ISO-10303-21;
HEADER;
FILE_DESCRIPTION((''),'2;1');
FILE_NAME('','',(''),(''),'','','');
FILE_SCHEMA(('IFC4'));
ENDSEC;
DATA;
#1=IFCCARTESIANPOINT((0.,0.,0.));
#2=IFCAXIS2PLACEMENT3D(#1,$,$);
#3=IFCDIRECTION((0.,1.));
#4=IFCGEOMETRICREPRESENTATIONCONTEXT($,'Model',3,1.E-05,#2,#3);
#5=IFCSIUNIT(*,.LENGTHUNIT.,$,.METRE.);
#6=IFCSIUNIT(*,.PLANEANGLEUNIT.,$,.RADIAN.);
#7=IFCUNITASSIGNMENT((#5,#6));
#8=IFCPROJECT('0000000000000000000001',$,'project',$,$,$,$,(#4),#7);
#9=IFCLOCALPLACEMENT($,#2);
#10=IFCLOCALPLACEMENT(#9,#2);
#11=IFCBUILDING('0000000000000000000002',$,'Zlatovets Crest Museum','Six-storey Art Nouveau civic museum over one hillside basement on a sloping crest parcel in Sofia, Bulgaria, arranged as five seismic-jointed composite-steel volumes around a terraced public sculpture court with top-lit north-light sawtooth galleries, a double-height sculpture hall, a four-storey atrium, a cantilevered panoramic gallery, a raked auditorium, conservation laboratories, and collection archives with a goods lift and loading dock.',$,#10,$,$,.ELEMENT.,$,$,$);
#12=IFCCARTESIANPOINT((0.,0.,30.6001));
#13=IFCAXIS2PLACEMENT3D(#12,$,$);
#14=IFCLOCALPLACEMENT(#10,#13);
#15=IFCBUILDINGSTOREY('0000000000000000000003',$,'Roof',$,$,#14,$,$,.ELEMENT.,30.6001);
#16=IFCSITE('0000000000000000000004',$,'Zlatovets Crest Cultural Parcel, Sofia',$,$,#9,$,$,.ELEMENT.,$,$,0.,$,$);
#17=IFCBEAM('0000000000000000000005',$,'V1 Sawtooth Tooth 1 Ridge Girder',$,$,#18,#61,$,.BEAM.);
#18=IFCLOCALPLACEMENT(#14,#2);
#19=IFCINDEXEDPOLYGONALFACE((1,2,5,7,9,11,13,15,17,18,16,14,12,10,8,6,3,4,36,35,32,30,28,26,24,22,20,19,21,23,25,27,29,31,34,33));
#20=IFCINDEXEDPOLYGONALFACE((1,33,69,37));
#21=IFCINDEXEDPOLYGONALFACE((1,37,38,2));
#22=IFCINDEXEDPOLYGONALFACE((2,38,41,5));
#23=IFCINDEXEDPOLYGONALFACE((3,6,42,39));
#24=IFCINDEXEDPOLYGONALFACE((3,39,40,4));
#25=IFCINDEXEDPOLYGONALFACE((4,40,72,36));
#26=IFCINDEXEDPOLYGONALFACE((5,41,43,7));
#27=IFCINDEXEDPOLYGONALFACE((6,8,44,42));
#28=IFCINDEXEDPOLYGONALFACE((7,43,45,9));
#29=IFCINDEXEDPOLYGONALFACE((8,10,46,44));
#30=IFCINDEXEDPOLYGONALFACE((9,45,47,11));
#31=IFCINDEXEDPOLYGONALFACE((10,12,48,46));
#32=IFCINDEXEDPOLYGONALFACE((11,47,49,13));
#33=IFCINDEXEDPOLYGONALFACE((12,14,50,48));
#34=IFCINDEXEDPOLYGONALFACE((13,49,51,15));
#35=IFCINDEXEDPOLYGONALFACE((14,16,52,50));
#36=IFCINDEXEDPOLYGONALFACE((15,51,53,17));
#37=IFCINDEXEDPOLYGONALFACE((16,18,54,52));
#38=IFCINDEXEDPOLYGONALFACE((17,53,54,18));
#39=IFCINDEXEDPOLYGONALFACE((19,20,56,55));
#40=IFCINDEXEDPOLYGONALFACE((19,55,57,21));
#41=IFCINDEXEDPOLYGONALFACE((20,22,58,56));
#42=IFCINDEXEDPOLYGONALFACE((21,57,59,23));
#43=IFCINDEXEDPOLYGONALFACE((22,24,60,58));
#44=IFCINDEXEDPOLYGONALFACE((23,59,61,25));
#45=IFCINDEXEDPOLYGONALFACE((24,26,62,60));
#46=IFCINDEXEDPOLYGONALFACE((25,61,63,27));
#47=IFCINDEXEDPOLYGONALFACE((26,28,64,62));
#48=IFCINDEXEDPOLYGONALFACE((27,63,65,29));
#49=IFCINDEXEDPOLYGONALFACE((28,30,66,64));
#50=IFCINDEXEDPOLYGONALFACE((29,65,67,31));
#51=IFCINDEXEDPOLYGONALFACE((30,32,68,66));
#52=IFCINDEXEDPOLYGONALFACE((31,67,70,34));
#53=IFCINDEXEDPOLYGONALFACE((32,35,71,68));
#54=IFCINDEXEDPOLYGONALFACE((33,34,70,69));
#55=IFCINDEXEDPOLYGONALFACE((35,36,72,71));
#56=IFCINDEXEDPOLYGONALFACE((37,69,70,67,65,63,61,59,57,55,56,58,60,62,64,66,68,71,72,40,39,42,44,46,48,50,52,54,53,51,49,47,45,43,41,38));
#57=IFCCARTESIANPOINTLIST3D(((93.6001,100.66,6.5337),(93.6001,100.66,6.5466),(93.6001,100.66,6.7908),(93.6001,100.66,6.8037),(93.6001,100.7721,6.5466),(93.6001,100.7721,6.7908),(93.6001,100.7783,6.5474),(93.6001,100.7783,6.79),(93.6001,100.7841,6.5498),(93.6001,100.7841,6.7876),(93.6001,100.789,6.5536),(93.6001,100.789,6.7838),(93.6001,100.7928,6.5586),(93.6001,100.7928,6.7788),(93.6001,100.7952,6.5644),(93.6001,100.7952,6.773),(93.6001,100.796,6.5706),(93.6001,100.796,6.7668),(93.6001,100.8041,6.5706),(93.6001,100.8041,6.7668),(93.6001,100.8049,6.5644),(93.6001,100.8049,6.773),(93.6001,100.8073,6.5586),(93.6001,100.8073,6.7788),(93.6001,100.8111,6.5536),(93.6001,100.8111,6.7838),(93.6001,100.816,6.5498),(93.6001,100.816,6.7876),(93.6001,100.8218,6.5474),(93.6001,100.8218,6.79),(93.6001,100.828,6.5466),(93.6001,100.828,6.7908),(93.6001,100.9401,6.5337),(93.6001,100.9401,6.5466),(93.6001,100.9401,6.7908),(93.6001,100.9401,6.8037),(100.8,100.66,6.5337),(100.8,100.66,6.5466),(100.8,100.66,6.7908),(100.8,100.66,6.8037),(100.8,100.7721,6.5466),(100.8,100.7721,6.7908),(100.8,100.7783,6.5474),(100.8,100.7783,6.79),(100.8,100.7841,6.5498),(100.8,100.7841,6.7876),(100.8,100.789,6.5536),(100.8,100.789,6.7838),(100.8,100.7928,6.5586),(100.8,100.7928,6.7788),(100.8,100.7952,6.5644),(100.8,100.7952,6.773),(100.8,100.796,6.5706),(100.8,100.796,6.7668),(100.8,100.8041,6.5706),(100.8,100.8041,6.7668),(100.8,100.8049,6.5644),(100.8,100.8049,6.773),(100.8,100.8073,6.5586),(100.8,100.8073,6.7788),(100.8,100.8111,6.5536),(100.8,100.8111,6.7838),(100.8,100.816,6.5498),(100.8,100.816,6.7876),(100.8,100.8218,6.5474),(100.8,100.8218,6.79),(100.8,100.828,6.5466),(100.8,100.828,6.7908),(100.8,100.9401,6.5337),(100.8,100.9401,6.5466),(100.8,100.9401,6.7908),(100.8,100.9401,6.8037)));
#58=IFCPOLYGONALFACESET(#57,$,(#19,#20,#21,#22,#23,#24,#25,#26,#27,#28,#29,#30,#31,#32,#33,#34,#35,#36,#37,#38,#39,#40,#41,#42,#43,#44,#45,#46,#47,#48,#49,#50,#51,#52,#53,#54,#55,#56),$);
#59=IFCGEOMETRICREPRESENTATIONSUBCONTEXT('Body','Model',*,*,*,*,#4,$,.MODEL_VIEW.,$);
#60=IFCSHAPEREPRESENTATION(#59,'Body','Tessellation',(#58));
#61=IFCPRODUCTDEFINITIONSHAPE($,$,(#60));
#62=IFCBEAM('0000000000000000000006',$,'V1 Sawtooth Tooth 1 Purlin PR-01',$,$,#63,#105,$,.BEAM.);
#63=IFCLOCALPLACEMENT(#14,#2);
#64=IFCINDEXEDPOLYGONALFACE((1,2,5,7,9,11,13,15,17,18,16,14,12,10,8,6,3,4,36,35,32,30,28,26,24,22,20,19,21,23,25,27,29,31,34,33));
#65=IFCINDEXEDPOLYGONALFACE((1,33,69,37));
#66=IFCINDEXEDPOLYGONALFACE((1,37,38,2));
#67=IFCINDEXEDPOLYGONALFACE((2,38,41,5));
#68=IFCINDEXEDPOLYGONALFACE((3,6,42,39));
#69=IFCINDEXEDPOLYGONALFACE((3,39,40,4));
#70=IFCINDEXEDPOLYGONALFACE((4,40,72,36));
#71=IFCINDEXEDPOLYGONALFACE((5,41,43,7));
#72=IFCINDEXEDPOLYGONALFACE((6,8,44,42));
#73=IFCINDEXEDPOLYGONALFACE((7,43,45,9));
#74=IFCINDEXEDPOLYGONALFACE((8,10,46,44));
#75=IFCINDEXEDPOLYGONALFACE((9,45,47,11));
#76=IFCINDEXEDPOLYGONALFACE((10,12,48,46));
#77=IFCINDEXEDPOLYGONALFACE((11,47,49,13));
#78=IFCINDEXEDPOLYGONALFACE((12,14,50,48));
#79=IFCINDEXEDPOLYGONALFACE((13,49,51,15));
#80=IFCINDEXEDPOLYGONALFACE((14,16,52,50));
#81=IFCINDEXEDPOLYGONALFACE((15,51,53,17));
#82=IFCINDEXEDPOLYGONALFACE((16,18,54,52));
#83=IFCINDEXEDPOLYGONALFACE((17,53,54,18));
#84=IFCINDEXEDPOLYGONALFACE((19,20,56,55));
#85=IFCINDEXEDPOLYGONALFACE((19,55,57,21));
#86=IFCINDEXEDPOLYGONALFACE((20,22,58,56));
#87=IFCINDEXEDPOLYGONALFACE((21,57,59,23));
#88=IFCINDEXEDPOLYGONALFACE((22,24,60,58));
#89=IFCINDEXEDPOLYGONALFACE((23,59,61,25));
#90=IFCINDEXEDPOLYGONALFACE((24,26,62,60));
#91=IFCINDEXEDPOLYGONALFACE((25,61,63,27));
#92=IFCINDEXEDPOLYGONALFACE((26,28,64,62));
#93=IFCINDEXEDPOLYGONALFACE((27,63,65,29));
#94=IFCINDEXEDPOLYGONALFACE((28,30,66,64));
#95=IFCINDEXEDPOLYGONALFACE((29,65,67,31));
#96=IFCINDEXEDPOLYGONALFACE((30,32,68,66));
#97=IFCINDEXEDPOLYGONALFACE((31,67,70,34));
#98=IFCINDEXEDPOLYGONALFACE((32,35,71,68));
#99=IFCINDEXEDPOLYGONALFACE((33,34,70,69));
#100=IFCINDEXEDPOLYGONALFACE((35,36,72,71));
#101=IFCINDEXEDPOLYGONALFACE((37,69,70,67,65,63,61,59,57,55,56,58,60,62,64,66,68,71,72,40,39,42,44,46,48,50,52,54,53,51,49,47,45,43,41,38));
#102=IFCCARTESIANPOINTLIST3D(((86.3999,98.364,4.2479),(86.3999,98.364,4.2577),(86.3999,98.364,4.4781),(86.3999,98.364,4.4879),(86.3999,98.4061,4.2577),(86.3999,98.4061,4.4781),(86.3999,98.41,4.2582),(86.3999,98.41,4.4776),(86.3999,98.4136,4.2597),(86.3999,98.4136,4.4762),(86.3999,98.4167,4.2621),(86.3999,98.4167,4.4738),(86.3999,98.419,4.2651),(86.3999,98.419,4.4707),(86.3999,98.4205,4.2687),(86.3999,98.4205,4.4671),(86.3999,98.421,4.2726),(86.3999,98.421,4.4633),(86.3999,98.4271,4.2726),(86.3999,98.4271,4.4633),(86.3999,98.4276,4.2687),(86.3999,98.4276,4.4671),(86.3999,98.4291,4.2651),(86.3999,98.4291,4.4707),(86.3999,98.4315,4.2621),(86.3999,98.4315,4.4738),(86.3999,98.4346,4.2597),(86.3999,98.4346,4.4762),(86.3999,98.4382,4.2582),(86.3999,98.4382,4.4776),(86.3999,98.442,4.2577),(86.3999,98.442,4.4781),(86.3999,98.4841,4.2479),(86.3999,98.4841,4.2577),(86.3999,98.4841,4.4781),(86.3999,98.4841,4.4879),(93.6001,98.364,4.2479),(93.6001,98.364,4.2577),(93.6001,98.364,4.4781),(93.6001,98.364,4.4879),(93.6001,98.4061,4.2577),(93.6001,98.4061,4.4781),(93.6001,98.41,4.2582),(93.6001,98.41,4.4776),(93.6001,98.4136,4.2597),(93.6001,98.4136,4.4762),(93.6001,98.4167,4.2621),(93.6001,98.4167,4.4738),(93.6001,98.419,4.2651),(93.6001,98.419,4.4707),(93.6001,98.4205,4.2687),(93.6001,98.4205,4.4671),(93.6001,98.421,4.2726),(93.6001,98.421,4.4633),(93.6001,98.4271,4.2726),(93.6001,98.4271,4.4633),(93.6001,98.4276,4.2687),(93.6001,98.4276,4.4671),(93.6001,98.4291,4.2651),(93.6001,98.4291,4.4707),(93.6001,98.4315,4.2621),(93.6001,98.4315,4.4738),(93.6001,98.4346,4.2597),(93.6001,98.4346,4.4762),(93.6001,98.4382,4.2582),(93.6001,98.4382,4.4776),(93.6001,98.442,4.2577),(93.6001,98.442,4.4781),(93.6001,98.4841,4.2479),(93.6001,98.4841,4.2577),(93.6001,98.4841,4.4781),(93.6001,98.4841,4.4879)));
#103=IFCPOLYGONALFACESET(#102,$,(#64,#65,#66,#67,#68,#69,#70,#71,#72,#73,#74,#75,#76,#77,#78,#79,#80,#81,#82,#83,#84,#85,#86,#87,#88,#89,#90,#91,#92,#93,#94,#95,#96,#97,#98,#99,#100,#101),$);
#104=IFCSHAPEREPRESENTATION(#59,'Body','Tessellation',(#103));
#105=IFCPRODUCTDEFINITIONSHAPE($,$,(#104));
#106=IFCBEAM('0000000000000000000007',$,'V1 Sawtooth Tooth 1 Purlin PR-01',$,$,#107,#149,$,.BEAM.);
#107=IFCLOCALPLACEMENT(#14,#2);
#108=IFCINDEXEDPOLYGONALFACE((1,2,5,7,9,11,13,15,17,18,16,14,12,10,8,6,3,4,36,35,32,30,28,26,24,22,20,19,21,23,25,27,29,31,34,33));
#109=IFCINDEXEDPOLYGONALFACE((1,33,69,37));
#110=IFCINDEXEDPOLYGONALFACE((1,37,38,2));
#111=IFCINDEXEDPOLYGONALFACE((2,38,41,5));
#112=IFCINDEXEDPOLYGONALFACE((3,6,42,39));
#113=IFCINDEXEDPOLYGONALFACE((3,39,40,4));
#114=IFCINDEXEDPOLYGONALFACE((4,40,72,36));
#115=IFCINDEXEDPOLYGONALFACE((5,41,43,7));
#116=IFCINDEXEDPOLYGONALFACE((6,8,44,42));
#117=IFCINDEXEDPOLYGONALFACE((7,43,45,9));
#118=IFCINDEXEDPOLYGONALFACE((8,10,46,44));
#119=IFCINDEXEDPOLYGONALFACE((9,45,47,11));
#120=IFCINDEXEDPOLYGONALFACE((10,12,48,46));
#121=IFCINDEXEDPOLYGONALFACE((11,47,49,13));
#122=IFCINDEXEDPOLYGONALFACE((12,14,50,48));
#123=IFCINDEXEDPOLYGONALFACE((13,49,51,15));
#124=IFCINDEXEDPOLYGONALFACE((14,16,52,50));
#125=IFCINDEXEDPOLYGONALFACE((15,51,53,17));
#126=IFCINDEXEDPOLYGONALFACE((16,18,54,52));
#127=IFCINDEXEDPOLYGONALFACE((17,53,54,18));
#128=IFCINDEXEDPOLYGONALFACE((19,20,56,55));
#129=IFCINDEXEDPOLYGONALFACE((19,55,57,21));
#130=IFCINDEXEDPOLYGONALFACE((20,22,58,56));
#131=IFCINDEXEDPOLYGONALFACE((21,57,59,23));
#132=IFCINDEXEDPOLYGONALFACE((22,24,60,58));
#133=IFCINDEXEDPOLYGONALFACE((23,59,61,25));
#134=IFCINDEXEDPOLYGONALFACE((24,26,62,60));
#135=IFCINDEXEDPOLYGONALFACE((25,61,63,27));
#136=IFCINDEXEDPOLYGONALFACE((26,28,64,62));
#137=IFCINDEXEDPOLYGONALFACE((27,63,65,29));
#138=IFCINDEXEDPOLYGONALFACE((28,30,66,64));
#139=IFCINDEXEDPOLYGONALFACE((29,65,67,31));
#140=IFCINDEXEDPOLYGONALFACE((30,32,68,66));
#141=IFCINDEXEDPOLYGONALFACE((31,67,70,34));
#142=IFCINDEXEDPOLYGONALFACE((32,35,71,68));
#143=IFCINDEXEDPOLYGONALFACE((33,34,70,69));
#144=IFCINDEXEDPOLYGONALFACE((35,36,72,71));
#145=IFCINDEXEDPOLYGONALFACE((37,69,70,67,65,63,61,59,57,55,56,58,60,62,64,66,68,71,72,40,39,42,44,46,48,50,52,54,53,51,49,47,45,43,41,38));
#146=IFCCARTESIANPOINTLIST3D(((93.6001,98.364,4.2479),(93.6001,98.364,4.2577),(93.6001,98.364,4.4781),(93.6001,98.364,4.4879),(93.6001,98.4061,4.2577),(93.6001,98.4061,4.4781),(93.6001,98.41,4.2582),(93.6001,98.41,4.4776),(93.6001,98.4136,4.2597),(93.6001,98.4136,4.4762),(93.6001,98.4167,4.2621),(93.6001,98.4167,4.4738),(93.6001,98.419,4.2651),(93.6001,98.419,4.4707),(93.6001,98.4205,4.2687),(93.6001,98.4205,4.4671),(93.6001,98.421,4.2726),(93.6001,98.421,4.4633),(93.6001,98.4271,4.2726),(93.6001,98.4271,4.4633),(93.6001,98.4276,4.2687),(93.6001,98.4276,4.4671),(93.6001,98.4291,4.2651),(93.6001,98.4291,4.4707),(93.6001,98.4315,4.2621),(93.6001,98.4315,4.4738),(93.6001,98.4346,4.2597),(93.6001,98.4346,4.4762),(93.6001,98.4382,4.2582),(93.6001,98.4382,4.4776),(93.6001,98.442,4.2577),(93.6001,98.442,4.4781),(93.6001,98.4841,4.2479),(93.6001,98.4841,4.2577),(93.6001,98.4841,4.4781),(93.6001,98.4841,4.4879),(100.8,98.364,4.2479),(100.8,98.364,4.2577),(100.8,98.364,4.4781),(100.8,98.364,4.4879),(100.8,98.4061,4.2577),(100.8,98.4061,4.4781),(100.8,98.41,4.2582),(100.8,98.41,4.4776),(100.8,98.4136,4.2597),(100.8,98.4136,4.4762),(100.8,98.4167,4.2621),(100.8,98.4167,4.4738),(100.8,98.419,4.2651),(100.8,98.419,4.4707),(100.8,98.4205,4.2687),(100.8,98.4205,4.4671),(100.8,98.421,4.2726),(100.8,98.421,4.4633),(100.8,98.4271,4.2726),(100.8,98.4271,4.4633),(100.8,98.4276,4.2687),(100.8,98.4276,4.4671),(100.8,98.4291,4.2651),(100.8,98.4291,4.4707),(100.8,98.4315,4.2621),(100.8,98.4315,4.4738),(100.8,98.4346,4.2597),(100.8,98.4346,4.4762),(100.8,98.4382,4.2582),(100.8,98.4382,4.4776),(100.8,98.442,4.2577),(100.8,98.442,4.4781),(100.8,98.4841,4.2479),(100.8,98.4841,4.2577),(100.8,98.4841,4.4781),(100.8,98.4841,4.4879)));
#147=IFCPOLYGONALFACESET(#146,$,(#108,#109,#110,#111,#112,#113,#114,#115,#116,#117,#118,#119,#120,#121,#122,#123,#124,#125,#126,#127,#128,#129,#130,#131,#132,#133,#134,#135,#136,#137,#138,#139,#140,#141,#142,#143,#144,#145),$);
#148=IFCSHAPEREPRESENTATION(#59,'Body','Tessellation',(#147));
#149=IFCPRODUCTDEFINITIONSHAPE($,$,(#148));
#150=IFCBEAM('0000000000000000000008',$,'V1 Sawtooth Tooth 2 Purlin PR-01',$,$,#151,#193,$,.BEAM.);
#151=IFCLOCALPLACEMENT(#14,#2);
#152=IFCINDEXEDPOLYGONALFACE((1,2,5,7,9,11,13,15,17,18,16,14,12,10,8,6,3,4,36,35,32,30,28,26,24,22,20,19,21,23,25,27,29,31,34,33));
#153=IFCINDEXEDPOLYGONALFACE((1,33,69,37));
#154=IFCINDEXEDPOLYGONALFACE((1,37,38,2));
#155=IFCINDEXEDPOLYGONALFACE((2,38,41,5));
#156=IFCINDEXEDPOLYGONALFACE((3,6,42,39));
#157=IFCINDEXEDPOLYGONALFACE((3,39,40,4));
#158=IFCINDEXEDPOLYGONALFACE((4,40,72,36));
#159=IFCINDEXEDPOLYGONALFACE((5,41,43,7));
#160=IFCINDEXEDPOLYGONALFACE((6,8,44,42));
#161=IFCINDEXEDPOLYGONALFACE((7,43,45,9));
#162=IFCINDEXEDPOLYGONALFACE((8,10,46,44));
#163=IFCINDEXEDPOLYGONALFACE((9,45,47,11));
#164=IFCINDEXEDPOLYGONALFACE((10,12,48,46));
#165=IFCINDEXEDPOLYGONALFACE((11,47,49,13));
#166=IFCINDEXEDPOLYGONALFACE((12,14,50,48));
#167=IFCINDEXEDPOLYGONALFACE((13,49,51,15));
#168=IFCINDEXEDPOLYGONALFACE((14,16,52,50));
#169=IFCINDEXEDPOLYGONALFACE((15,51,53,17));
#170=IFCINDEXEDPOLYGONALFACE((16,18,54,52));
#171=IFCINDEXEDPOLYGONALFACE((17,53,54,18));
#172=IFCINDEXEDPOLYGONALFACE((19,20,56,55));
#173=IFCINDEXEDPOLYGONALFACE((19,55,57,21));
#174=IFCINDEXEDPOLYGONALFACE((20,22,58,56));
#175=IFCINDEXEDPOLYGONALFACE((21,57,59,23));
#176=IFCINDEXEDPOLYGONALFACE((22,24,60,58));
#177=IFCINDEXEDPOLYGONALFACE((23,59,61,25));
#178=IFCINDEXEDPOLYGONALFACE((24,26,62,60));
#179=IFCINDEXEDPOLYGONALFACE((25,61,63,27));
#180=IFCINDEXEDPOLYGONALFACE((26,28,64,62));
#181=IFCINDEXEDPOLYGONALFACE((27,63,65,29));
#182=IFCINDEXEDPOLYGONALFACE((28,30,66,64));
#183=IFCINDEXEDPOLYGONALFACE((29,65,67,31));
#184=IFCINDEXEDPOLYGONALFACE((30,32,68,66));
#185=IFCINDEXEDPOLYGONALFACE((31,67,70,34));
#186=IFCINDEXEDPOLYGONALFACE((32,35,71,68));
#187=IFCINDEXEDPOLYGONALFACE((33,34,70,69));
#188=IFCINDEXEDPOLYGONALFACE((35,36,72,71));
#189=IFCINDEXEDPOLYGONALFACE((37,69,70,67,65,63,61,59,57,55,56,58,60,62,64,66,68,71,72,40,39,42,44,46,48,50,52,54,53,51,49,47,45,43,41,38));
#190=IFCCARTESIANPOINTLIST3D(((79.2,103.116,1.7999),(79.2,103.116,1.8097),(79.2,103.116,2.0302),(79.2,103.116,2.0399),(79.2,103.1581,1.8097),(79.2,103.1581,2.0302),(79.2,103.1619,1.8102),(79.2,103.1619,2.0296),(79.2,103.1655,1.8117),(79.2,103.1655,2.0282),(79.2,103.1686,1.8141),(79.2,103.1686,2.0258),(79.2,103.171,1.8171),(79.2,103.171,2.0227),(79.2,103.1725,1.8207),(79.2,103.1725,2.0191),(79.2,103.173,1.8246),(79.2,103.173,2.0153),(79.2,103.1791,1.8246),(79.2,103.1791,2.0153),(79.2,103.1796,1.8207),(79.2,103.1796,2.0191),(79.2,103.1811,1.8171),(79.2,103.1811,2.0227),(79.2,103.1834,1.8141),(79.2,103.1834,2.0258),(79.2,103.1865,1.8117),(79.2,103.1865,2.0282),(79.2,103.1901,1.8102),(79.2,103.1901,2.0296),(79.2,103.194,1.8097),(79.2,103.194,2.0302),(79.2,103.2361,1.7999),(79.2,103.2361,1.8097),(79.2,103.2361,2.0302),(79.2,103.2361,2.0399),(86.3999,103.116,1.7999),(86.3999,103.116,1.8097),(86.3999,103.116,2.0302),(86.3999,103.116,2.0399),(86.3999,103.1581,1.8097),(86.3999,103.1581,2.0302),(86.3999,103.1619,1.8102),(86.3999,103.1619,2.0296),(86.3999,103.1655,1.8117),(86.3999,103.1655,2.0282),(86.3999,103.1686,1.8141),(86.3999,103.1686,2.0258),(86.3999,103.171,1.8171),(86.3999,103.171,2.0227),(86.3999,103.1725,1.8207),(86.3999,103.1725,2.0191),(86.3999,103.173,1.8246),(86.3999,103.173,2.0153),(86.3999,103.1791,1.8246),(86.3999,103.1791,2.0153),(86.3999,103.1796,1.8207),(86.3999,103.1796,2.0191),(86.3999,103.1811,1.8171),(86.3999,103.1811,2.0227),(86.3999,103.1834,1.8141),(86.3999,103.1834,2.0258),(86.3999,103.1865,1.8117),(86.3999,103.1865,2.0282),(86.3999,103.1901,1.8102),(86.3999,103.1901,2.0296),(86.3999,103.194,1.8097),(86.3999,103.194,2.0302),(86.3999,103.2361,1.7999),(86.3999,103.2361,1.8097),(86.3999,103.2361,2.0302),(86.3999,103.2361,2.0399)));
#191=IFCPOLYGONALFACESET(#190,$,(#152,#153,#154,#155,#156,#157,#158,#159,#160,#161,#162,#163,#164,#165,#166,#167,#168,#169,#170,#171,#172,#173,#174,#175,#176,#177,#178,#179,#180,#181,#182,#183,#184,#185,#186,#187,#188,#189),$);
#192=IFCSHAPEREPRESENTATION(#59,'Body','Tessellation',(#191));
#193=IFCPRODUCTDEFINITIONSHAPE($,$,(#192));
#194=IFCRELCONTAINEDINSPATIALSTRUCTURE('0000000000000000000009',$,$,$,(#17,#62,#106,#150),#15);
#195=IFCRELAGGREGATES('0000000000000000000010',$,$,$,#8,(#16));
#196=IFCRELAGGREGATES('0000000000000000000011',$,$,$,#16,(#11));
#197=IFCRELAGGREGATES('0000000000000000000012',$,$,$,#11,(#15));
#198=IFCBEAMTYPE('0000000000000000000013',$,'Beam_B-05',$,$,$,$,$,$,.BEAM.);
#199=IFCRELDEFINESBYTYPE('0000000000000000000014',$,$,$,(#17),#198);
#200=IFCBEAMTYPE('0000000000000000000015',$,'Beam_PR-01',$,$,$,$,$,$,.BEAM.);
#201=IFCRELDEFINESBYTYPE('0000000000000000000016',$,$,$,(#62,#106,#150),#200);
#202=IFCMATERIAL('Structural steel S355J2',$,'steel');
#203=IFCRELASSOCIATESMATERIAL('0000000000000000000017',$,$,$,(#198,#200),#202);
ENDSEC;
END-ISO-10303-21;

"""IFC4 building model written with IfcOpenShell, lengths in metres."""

from ifc_helpers import new_model, si_unit, direction, frame, origin, origin_2d, place, context, subcontext, project, spatial, i_section, extrude, material, material_profile, profile_set, type_object, element, save


model = new_model("IFC4")

# Units and contexts
model_context = context("Model", 3, precision=1e-05, world=origin(), true_north=direction((0.0, 1.0)))
body_context = subcontext(model_context, "Body", "Model", "MODEL_VIEW")
ifc_project = project(units=[si_unit("LENGTHUNIT", "METRE"), si_unit("PLANEANGLEUNIT", "RADIAN")], contexts=[model_context])

# Site, building, storey
site_placement = place(None, origin())
site = spatial("IfcSite", under=ifc_project, at=site_placement, Name="Zlatovets Crest Cultural Parcel, Sofia", CompositionType="ELEMENT", RefElevation=0.0)
building_placement = place(site_placement, origin())
building = spatial("IfcBuilding", under=site, at=building_placement, Name="Zlatovets Crest Museum", Description="Six-storey Art Nouveau civic museum over one hillside basement on a sloping crest parcel in Sofia, Bulgaria, arranged as five seismic-jointed composite-steel volumes around a terraced public sculpture court with top-lit north-light sawtooth galleries, a double-height sculpture hall, a four-storey atrium, a cantilevered panoramic gallery, a raked auditorium, conservation laboratories, and collection archives with a goods lift and loading dock.", CompositionType="ELEMENT")
storey_placement = place(building_placement, frame((0.0, 0.0, 30.6001)))
storey = spatial("IfcBuildingStorey", under=building, at=storey_placement, Name="Roof", CompositionType="ELEMENT", Elevation=30.6001)

# Beams
ifc_material_1 = material(Name="Structural steel S355J2", Category="steel")
ifc_material_profile_1 = material_profile(ifc_material_1, i_section(OverallWidth=0.28, OverallDepth=0.27, WebThickness=0.0081, FlangeThickness=0.0129, FilletRadius=0.0239, at=origin_2d()), Name="HEA 280")
ifc_profile_set_1 = profile_set([ifc_material_profile_1], Name="Structural steel S355J2")
beam_type_1 = type_object("IfcBeamType", Name="Beam_B-05", PredefinedType="BEAM", material=ifc_profile_set_1)
beam_1_placement = place(storey_placement, frame((93.6001, 100.8, 6.6687), z_axis=(1.0, 0.0, 0.0), x_axis=(0.0, 1.0, 0.0)))
element("IfcBeam", 1, at=beam_1_placement, inside=storey, type_object=beam_type_1, Name="V1 Sawtooth Tooth 1 Ridge Girder", PredefinedType="BEAM", context=body_context, shape_type="SweptSolid", body=[
    extrude(i_section(OverallWidth=0.28, OverallDepth=0.27, WebThickness=0.0081, FlangeThickness=0.0129, FilletRadius=0.0239, at=origin_2d()), origin(), (0.0, 0.0, 1.0), 7.2),
])
ifc_material_profile_2 = material_profile(ifc_material_1, i_section(OverallWidth=0.1201, OverallDepth=0.24, WebThickness=0.0061, FlangeThickness=0.0098, FilletRadius=0.0149, at=origin_2d()), Name="IPE 240")
ifc_profile_set_2 = profile_set([ifc_material_profile_2], Name="Structural steel S355J2")
beam_type_2 = type_object("IfcBeamType", Name="Beam_PR-01", PredefinedType="BEAM", material=ifc_profile_set_2)
beam_2_placement = place(storey_placement, frame((86.3999, 98.4241, 4.3679), z_axis=(1.0, 0.0, 0.0), x_axis=(0.0, 1.0, 0.0)))
element("IfcBeam", 2, at=beam_2_placement, inside=storey, type_object=beam_type_2, Name="V1 Sawtooth Tooth 1 Purlin PR-01", PredefinedType="BEAM", context=body_context, shape_type="SweptSolid", body=[
    extrude(i_section(OverallWidth=0.1201, OverallDepth=0.24, WebThickness=0.0061, FlangeThickness=0.0098, FilletRadius=0.0149, at=origin_2d()), origin(), (0.0, 0.0, 1.0), 7.2002),
])
for number, where, z_axis, x_axis, name in (
    (3, (93.6001, 98.4241, 4.3679), (1.0, 0.0, 0.0), (0.0, 1.0, 0.0), "V1 Sawtooth Tooth 1 Purlin PR-01"),
    (4, (79.2, 103.176, 1.9199), (1.0, 0.0, 0.0), (0.0, 1.0, 0.0), "V1 Sawtooth Tooth 2 Purlin PR-01"),
):
    element("IfcBeam", number, at=place(storey_placement, frame(where, z_axis=z_axis, x_axis=x_axis)), inside=storey, type_object=beam_type_2, Name=name, PredefinedType="BEAM", context=body_context, shape_type="SweptSolid", body=[
        extrude(i_section(OverallWidth=0.1201, OverallDepth=0.24, WebThickness=0.0061, FlangeThickness=0.0098, FilletRadius=0.0149, at=origin_2d()), origin(), (0.0, 0.0, 1.0), 7.2),
    ])

save(model, "model.ifc")
